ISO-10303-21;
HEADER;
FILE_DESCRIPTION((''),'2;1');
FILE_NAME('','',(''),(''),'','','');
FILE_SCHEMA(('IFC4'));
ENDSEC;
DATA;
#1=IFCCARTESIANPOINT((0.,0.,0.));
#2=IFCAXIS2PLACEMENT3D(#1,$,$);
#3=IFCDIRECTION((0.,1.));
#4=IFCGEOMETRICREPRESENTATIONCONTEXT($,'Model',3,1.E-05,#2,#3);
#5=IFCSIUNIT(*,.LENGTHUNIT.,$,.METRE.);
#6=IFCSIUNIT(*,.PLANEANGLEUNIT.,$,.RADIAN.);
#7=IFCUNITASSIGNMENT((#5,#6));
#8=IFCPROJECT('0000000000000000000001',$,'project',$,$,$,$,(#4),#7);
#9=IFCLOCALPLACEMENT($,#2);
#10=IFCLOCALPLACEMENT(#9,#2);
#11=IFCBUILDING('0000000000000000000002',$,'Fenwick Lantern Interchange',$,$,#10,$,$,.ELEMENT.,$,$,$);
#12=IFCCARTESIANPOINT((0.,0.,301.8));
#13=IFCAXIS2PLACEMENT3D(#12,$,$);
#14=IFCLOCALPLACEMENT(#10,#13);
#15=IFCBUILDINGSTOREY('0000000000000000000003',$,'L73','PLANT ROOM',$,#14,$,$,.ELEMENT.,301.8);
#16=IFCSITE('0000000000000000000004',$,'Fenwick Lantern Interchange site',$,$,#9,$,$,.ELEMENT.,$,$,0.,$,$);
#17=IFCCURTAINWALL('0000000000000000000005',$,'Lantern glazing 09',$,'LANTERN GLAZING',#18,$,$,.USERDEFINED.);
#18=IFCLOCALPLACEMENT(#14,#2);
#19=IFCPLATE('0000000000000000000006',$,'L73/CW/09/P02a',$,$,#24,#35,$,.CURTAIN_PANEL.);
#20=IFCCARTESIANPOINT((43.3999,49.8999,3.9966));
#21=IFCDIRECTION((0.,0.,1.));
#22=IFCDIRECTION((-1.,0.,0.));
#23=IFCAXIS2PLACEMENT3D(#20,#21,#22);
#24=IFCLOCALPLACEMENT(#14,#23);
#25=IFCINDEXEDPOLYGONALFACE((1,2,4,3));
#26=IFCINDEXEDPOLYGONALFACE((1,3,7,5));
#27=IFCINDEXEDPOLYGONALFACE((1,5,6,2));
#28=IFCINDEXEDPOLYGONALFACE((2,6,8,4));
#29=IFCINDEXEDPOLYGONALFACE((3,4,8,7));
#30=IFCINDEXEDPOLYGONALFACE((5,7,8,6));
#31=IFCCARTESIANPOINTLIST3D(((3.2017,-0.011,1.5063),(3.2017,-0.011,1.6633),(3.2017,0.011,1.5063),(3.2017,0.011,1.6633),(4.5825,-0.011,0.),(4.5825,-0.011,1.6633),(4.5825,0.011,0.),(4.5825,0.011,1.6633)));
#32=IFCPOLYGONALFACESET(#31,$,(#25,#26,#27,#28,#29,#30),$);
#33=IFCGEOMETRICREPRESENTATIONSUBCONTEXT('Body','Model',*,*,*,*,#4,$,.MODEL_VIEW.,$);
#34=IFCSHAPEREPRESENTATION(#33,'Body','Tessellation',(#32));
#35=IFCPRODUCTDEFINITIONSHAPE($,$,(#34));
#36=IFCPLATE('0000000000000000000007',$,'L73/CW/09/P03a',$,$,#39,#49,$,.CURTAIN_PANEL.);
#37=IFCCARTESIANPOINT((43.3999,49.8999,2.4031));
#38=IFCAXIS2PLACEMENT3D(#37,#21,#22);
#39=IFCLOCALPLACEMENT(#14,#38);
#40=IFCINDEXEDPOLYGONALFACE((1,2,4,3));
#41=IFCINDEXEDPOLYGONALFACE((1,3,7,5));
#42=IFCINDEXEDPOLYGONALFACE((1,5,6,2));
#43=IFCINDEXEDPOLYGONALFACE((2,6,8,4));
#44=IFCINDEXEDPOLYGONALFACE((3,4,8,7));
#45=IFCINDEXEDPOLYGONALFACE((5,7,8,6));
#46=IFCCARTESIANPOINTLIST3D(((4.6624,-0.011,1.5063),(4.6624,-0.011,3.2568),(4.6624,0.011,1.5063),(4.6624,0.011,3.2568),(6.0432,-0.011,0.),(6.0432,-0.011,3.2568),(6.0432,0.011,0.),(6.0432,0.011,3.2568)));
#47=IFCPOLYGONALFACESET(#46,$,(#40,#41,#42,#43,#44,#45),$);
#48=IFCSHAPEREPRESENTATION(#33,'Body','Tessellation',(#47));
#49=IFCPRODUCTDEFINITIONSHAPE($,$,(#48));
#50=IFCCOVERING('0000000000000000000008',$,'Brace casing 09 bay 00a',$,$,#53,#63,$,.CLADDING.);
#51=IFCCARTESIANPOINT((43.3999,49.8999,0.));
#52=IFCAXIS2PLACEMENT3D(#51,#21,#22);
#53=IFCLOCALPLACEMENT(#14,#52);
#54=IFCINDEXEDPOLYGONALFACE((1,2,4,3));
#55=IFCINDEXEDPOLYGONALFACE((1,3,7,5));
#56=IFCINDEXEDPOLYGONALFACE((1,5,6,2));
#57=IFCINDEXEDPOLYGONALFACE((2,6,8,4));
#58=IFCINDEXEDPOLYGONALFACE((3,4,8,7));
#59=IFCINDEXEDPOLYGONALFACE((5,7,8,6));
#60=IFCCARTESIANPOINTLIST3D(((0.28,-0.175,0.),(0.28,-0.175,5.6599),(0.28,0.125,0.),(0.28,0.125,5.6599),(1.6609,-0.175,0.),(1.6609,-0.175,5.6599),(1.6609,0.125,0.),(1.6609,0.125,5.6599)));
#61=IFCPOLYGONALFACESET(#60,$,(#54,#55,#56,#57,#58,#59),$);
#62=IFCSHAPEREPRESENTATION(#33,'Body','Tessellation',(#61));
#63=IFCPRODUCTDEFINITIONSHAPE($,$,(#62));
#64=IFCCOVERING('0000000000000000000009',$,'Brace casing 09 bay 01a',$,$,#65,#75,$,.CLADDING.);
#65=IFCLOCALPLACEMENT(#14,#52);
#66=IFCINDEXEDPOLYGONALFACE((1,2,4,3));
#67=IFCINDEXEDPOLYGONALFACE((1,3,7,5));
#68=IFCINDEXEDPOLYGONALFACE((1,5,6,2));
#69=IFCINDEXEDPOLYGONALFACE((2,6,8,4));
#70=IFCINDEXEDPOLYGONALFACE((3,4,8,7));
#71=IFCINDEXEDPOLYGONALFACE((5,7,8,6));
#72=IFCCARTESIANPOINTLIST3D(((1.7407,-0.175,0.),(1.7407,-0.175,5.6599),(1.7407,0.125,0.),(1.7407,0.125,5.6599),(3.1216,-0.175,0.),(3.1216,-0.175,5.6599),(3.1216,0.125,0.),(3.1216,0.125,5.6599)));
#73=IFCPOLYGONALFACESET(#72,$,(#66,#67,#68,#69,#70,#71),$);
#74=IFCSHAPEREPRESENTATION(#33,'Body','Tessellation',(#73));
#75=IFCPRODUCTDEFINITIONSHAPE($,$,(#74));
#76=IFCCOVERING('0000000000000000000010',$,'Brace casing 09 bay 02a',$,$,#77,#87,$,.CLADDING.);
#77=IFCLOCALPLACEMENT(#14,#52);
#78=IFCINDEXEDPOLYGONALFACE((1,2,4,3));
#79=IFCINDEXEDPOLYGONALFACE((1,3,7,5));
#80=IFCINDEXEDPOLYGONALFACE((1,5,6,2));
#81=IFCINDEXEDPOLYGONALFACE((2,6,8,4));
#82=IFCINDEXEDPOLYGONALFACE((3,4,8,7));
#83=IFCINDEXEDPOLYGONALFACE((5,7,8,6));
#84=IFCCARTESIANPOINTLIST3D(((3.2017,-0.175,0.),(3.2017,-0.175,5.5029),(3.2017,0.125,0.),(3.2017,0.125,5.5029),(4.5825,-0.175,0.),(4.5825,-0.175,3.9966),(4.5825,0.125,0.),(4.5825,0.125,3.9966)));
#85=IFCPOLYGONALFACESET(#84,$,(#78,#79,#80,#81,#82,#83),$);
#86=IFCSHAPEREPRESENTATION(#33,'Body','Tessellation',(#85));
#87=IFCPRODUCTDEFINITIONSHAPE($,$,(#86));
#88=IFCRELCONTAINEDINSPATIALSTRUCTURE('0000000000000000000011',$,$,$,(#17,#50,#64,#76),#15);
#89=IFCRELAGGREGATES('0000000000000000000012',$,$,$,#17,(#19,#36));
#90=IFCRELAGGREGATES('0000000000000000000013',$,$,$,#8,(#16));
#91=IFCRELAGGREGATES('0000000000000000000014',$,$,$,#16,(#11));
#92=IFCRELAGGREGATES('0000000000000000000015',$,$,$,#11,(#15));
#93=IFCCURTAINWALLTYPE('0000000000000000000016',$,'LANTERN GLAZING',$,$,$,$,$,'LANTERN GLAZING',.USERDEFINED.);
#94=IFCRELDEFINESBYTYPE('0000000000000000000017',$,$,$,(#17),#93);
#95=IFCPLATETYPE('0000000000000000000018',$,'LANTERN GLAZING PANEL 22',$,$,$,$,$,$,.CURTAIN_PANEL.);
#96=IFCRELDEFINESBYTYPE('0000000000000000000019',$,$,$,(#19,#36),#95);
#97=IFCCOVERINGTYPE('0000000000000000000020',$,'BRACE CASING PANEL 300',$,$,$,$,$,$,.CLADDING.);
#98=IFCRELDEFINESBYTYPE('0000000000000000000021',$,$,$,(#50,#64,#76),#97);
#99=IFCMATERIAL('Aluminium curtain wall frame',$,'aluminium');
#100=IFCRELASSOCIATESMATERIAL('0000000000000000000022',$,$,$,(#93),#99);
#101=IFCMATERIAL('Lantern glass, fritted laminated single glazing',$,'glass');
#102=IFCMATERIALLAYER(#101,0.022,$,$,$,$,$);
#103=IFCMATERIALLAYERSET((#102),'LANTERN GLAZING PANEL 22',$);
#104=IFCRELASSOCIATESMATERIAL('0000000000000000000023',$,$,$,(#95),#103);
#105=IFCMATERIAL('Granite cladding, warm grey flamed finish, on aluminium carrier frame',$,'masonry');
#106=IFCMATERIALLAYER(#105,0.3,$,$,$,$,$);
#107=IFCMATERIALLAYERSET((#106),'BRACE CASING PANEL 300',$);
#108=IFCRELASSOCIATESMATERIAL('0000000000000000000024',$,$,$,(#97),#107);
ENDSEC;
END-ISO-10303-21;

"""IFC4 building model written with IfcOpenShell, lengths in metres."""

from ifc_helpers import new_model, si_unit, direction, frame, origin, place, context, subcontext, project, spatial, polyline, outline, extrude, material, layer, layer_set, type_object, element, aggregate, save


model = new_model("IFC4")

# Units and contexts
model_context = context("Model", 3, precision=1e-05, world=origin(), true_north=direction((0.0, 1.0)))
body_context = subcontext(model_context, "Body", "Model", "MODEL_VIEW")
ifc_project = project(units=[si_unit("LENGTHUNIT", "METRE"), si_unit("PLANEANGLEUNIT", "RADIAN")], contexts=[model_context])

# Site, building, storey
site_placement = place(None, origin())
site = spatial("IfcSite", under=ifc_project, at=site_placement, Name="Fenwick Lantern Interchange site", CompositionType="ELEMENT", RefElevation=0.0)
building_placement = place(site_placement, origin())
building = spatial("IfcBuilding", under=site, at=building_placement, Name="Fenwick Lantern Interchange", CompositionType="ELEMENT")
storey_placement = place(building_placement, frame((0.0, 0.0, 301.8)))
storey = spatial("IfcBuildingStorey", under=building, at=storey_placement, Name="L73", Description="PLANT ROOM", CompositionType="ELEMENT", Elevation=301.8)

# Shared definitions
ifc_material_1 = material(Name="Aluminium curtain wall frame", Category="aluminium")
curtain_wall_type = type_object("IfcCurtainWallType", Name="LANTERN GLAZING", ElementType="LANTERN GLAZING", PredefinedType="USERDEFINED", material=ifc_material_1)

# Curtain wall
curtain_wall_1_placement = place(storey_placement, origin())
curtain_wall_1 = element("IfcCurtainWall", 1, at=curtain_wall_1_placement, inside=storey, type_object=curtain_wall_type, Name="Lantern glazing 09", ObjectType="LANTERN GLAZING", PredefinedType="USERDEFINED")

# Plates
ifc_material_2 = material(Name="Lantern glass, fritted laminated single glazing", Category="glass")
ifc_layer_1 = layer(ifc_material_2, 0.022)
ifc_layer_set_1 = layer_set([ifc_layer_1], Name="LANTERN GLAZING PANEL 22")
plate_type = type_object("IfcPlateType", Name="LANTERN GLAZING PANEL 22", PredefinedType="CURTAIN_PANEL", material=ifc_layer_set_1)
plate_1_placement = place(storey_placement, frame((43.3999, 49.8999, 3.9966), z_axis=(0.0, 0.0, 1.0), x_axis=(-1.0, 0.0, 0.0)))
plate_1 = element("IfcPlate", 2, at=plate_1_placement, type_object=plate_type, Name="L73/CW/09/P02a", PredefinedType="CURTAIN_PANEL", context=body_context, shape_type="SweptSolid", body=[
    extrude(outline(polyline([(4.5825, 0.0), (4.5825, 1.6633), (3.2017, 1.6633), (3.2017, 1.5063), (4.5825, 0.0)])), frame((0.0, 0.011, 0.0), z_axis=(0.0, -1.0, 0.0), x_axis=(1.0, 0.0, 0.0)), (0.0, 0.0, 1.0), 0.022),
])
plate_2_placement = place(storey_placement, frame((43.3999, 49.8999, 2.4031), z_axis=(0.0, 0.0, 1.0), x_axis=(-1.0, 0.0, 0.0)))
plate_2 = element("IfcPlate", 3, at=plate_2_placement, type_object=plate_type, Name="L73/CW/09/P03a", PredefinedType="CURTAIN_PANEL", context=body_context, shape_type="SweptSolid", body=[
    extrude(outline(polyline([(6.0432, 0.0), (6.0432, 3.2568), (4.6624, 3.2568), (4.6624, 1.5063), (6.0432, 0.0)])), frame((0.0, 0.011, 0.0), z_axis=(0.0, -1.0, 0.0), x_axis=(1.0, 0.0, 0.0)), (0.0, 0.0, 1.0), 0.022),
])
aggregate(curtain_wall_1, [plate_1, plate_2])

# Coverings
ifc_material_3 = material(Name="Granite cladding, warm grey flamed finish, on aluminium carrier frame", Category="masonry")
ifc_layer_2 = layer(ifc_material_3, 0.3)
ifc_layer_set_2 = layer_set([ifc_layer_2], Name="BRACE CASING PANEL 300")
covering_type = type_object("IfcCoveringType", Name="BRACE CASING PANEL 300", PredefinedType="CLADDING", material=ifc_layer_set_2)
covering_1_placement = place(storey_placement, frame((43.3999, 49.8999, 0.0), z_axis=(0.0, 0.0, 1.0), x_axis=(-1.0, 0.0, 0.0)))
element("IfcCovering", 4, at=covering_1_placement, inside=storey, type_object=covering_type, Name="Brace casing 09 bay 00a", PredefinedType="CLADDING", context=body_context, shape_type="SweptSolid", body=[
    extrude(outline(polyline([(0.28, 0.0), (1.6609, 0.0), (1.6609, 5.6599), (0.28, 5.6599), (0.28, 0.0)])), frame((0.0, 0.125, 0.0), z_axis=(0.0, -1.0, 0.0), x_axis=(1.0, 0.0, 0.0)), (0.0, 0.0, 1.0), 0.3),
])
covering_2_placement = place(storey_placement, frame((43.3999, 49.8999, 0.0), z_axis=(0.0, 0.0, 1.0), x_axis=(-1.0, 0.0, 0.0)))
element("IfcCovering", 5, at=covering_2_placement, inside=storey, type_object=covering_type, Name="Brace casing 09 bay 01a", PredefinedType="CLADDING", context=body_context, shape_type="SweptSolid", body=[
    extrude(outline(polyline([(1.7407, 0.0), (3.1216, 0.0), (3.1216, 5.6599), (1.7407, 5.6599), (1.7407, 0.0)])), frame((0.0, 0.125, 0.0), z_axis=(0.0, -1.0, 0.0), x_axis=(1.0, 0.0, 0.0)), (0.0, 0.0, 1.0), 0.3),
])
covering_3_placement = place(storey_placement, frame((43.3999, 49.8999, 0.0), z_axis=(0.0, 0.0, 1.0), x_axis=(-1.0, 0.0, 0.0)))
element("IfcCovering", 6, at=covering_3_placement, inside=storey, type_object=covering_type, Name="Brace casing 09 bay 02a", PredefinedType="CLADDING", context=body_context, shape_type="SweptSolid", body=[
    extrude(outline(polyline([(3.2017, 0.0), (4.5825, 0.0), (4.5825, 3.9966), (3.2017, 5.5029), (3.2017, 0.0)])), frame((0.0, 0.125, 0.0), z_axis=(0.0, -1.0, 0.0), x_axis=(1.0, 0.0, 0.0)), (0.0, 0.0, 1.0), 0.3),
])

save(model, "model.ifc")
